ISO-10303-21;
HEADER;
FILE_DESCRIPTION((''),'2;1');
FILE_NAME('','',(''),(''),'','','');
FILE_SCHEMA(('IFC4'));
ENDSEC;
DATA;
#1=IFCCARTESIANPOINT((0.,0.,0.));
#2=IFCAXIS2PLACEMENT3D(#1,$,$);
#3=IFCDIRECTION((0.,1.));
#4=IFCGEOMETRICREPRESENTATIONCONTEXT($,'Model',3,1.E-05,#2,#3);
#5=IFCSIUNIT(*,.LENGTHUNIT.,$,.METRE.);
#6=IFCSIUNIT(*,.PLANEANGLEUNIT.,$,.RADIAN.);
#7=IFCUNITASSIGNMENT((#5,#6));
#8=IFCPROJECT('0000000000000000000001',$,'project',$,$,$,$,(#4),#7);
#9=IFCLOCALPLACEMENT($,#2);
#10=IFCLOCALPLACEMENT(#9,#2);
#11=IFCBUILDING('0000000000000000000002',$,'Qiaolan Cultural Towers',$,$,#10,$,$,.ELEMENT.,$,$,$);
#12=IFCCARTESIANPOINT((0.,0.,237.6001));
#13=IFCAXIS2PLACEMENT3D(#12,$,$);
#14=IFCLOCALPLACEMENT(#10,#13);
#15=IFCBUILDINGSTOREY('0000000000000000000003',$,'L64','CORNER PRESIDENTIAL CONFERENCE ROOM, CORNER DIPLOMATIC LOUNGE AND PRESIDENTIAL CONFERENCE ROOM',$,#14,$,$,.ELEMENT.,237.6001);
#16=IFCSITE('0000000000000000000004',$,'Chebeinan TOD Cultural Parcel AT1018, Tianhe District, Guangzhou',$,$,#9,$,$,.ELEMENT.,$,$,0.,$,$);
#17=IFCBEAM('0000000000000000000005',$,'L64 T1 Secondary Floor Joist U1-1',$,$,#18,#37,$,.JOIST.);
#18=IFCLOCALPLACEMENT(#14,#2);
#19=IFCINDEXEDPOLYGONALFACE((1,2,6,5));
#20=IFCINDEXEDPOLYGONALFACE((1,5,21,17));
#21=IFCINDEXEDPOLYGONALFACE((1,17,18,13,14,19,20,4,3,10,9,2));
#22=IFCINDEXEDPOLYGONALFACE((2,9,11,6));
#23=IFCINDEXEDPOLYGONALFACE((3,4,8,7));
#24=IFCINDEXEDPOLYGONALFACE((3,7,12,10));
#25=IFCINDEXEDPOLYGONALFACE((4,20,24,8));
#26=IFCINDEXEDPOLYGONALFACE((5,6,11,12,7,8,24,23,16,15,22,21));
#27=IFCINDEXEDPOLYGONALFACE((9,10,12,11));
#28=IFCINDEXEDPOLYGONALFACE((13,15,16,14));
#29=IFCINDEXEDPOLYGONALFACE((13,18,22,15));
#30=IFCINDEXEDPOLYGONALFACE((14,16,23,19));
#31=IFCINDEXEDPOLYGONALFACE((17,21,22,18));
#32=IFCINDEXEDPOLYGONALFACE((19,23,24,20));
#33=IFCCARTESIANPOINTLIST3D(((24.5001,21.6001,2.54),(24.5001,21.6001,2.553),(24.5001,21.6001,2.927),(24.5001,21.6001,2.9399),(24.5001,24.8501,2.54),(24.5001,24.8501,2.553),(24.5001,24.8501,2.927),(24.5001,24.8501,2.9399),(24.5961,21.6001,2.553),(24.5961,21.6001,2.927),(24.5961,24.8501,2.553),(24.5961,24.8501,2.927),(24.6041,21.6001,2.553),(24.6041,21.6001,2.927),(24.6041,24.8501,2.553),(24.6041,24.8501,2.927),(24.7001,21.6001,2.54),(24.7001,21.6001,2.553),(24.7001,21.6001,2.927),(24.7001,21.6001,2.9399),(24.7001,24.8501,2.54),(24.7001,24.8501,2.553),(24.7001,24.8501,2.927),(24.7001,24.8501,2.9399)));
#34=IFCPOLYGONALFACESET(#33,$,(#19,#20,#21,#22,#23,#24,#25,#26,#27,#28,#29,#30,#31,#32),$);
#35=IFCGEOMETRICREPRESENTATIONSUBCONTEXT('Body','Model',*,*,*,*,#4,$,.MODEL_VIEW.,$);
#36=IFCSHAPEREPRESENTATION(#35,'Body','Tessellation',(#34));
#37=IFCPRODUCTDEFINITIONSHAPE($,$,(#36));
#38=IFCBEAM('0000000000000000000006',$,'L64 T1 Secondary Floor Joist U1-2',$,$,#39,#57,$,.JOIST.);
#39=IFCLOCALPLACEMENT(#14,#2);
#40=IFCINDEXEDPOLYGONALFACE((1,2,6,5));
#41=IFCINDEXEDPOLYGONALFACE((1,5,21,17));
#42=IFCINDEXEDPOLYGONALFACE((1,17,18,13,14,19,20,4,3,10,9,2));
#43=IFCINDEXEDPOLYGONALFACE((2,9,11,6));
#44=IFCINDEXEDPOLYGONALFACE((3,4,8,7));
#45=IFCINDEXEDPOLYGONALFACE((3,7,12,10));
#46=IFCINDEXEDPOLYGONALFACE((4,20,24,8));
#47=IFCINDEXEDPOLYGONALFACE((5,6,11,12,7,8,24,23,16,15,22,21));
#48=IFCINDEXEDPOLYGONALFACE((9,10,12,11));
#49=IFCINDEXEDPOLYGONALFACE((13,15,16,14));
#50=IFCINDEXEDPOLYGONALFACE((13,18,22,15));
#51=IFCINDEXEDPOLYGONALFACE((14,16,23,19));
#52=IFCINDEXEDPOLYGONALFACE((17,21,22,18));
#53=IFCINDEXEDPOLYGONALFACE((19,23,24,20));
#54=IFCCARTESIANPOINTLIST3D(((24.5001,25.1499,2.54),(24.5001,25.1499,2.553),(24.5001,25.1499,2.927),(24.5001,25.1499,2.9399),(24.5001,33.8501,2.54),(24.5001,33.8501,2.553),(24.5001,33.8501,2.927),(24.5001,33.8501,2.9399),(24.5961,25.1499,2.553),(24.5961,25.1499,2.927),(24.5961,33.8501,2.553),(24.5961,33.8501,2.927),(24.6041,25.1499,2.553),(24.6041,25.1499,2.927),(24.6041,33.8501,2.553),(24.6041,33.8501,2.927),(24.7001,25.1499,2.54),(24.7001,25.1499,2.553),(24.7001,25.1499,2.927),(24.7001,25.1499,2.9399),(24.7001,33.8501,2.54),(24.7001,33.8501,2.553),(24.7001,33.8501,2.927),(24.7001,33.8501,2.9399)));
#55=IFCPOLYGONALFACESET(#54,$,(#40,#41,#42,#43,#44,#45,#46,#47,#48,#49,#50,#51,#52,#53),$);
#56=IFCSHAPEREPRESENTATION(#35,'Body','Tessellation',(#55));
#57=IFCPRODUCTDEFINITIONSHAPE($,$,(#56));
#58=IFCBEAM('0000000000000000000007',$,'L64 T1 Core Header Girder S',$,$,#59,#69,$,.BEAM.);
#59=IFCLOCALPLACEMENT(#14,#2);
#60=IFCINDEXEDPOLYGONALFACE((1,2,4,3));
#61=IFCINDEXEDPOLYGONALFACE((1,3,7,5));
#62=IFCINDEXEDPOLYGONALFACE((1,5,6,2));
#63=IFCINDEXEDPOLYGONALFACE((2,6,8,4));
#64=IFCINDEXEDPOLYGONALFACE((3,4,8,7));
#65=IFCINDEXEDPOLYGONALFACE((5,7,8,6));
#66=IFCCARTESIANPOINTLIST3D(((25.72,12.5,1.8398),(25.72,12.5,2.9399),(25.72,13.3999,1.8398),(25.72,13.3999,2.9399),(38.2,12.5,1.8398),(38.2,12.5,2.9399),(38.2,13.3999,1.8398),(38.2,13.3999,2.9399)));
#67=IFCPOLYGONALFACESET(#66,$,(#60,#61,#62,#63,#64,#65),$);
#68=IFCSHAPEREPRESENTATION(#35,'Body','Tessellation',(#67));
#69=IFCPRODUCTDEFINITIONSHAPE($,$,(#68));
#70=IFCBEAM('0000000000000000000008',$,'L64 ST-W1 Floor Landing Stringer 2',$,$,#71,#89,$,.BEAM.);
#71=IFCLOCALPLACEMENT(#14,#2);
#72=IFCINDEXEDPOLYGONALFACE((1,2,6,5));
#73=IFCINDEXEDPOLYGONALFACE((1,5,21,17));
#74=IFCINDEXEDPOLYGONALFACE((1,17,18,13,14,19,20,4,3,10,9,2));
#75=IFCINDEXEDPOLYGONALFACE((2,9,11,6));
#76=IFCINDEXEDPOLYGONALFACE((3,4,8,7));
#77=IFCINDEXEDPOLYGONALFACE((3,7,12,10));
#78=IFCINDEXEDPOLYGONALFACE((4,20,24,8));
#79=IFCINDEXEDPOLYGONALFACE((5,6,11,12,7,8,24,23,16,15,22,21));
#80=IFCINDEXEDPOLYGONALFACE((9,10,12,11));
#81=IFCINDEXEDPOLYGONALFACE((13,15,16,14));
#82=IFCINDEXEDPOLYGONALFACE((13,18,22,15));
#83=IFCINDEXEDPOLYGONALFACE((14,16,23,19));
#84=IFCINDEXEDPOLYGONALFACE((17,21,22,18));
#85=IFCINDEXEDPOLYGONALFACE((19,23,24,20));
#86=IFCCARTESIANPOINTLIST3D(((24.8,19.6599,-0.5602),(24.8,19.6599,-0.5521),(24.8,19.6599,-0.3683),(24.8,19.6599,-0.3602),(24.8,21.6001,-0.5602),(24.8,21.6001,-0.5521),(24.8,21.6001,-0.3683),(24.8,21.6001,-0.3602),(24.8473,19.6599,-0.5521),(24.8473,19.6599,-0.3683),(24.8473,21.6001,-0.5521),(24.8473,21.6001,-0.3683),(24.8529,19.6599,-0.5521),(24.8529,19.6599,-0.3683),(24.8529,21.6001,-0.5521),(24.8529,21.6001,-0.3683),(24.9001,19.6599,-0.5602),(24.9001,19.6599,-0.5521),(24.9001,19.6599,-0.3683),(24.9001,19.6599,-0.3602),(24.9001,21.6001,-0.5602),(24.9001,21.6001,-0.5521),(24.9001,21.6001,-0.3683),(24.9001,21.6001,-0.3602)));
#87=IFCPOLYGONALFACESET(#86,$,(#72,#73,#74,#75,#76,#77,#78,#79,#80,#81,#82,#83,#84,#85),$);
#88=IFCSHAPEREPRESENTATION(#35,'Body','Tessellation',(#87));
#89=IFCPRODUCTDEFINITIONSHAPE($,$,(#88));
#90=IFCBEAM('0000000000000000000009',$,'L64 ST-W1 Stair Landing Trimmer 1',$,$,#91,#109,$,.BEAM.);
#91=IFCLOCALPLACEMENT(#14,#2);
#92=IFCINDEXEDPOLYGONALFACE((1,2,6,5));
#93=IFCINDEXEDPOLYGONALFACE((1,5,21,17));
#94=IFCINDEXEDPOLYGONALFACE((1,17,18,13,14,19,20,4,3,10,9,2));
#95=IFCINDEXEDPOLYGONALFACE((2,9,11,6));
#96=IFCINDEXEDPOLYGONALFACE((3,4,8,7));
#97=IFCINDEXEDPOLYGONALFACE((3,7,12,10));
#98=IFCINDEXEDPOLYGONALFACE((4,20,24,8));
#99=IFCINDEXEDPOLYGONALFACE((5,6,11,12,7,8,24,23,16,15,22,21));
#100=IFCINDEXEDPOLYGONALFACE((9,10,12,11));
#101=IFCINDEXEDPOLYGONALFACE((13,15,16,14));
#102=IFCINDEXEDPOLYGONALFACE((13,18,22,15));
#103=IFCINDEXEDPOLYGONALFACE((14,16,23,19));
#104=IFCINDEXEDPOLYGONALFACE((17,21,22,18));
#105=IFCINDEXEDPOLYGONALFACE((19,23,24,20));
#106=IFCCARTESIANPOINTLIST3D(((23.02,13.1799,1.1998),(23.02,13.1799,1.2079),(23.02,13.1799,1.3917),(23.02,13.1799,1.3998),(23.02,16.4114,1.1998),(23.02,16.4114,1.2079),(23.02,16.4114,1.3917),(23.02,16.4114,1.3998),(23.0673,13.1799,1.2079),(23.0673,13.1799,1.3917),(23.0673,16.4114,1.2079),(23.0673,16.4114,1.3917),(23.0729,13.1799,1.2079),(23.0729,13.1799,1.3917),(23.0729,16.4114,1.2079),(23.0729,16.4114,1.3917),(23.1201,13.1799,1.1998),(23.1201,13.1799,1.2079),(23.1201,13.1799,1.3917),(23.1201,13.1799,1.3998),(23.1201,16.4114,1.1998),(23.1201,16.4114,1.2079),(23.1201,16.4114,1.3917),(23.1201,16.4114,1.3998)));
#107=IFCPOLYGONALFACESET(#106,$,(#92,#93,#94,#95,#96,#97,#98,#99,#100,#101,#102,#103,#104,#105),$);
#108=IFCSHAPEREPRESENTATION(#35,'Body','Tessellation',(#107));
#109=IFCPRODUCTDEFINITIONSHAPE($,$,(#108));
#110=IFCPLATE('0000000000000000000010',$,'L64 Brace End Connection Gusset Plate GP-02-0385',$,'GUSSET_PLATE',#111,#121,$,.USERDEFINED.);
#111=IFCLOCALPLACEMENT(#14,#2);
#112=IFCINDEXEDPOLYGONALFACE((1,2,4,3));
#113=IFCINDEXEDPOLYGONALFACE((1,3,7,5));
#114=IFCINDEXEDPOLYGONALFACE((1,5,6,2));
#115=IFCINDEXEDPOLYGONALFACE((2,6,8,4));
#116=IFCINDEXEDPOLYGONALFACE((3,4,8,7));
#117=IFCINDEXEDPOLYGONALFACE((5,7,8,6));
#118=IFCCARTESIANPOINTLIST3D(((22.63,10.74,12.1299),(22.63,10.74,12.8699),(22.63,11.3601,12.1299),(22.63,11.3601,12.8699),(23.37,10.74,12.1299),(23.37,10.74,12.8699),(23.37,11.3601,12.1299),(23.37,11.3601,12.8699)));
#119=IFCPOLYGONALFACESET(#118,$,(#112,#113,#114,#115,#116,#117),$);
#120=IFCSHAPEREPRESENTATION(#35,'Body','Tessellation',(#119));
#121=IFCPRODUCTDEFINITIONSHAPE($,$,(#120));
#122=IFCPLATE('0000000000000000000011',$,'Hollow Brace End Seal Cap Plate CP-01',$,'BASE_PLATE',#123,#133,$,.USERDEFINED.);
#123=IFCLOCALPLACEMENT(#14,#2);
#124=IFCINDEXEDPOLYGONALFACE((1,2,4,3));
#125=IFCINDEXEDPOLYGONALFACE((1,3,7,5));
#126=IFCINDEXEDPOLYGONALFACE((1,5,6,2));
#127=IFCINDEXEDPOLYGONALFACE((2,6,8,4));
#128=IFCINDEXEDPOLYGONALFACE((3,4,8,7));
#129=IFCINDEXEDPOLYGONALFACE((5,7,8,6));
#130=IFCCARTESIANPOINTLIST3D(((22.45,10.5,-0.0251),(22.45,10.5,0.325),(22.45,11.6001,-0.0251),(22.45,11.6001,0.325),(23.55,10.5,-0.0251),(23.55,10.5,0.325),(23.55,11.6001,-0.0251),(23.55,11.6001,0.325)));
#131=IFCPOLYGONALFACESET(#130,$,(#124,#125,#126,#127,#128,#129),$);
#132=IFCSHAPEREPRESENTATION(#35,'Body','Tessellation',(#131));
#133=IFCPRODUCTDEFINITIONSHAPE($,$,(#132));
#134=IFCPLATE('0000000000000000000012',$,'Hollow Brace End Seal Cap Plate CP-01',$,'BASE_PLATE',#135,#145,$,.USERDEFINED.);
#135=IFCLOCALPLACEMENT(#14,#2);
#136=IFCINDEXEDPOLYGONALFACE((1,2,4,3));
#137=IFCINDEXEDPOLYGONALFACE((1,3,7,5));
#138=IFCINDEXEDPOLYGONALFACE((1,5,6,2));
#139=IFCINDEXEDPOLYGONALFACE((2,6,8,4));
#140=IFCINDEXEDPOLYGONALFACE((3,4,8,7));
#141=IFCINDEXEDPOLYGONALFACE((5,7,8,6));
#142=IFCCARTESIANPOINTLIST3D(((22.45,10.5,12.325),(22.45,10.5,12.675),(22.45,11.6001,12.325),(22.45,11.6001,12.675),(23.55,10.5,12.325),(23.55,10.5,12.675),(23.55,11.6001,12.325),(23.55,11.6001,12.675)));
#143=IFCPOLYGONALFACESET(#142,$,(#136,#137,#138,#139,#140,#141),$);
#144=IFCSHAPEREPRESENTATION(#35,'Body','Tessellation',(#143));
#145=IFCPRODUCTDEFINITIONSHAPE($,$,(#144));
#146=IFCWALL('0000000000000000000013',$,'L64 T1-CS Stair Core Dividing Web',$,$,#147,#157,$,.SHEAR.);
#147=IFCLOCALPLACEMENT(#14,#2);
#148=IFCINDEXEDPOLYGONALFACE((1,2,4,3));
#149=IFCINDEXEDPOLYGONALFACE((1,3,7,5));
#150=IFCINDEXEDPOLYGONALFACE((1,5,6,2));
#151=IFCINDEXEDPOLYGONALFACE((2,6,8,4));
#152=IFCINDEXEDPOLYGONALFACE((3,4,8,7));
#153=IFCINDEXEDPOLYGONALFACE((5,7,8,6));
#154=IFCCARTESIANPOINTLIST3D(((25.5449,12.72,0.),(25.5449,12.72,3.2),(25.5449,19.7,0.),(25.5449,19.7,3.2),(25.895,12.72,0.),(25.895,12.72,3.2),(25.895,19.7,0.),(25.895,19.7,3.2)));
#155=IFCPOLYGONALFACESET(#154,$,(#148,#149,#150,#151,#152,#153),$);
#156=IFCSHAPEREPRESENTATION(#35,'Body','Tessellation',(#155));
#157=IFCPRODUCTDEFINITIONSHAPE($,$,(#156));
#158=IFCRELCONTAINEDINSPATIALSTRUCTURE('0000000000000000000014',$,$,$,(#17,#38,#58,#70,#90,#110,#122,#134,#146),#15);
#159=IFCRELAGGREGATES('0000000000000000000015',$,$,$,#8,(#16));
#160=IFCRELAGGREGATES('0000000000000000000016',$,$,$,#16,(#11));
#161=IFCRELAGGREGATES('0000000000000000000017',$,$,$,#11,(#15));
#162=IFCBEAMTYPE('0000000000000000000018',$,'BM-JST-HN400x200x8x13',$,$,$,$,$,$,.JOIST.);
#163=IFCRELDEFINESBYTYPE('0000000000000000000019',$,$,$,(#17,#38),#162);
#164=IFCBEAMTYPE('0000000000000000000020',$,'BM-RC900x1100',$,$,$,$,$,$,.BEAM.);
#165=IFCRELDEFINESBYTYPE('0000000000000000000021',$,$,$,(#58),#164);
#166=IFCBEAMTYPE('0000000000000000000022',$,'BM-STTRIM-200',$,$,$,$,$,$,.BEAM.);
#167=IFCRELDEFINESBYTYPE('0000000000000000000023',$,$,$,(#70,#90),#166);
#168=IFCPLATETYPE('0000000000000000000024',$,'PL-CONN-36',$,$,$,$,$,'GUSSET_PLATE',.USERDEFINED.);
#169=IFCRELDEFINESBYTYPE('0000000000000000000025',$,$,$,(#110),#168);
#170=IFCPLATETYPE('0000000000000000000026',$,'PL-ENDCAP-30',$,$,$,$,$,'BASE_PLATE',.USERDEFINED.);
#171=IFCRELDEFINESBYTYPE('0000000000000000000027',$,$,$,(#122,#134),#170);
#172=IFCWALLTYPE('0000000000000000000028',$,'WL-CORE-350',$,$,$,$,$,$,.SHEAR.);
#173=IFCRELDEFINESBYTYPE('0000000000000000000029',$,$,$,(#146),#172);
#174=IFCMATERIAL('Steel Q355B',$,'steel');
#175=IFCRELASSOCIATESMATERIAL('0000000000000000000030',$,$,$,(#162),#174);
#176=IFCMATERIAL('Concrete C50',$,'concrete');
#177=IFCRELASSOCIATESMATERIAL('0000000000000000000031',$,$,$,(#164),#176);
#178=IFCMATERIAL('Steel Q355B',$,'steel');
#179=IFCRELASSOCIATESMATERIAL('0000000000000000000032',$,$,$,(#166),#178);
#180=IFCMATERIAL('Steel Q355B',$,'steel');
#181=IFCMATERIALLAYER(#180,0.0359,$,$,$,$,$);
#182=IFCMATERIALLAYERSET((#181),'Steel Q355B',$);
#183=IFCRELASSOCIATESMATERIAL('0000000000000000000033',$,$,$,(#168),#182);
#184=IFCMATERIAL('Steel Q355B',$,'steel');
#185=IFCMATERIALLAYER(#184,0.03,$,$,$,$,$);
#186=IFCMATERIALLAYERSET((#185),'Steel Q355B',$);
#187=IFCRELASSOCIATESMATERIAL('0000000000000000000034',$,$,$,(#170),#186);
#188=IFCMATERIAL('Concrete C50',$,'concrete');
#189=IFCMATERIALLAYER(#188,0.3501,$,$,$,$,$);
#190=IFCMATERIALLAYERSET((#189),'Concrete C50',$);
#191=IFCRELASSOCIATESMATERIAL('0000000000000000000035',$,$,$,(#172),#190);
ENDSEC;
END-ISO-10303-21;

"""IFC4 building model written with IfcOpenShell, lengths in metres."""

from ifc_helpers import new_model, si_unit, direction, frame, frame_2d, origin, origin_2d, place, context, subcontext, project, spatial, rectangle, i_section, extrude, material, layer, layer_set, material_profile, profile_set, type_object, element, save


model = new_model("IFC4")

# Units and contexts
model_context = context("Model", 3, precision=1e-05, world=origin(), true_north=direction((0.0, 1.0)))
body_context = subcontext(model_context, "Body", "Model", "MODEL_VIEW")
ifc_project = project(units=[si_unit("LENGTHUNIT", "METRE"), si_unit("PLANEANGLEUNIT", "RADIAN")], contexts=[model_context])

# Site, building, storey
site_placement = place(None, origin())
site = spatial("IfcSite", under=ifc_project, at=site_placement, Name="Chebeinan TOD Cultural Parcel AT1018, Tianhe District, Guangzhou", CompositionType="ELEMENT", RefElevation=0.0)
building_placement = place(site_placement, origin())
building = spatial("IfcBuilding", under=site, at=building_placement, Name="Qiaolan Cultural Towers", CompositionType="ELEMENT")
storey_placement = place(building_placement, frame((0.0, 0.0, 237.6001)))
storey = spatial("IfcBuildingStorey", under=building, at=storey_placement, Name="L64", Description="CORNER PRESIDENTIAL CONFERENCE ROOM, CORNER DIPLOMATIC LOUNGE AND PRESIDENTIAL CONFERENCE ROOM", CompositionType="ELEMENT", Elevation=237.6001)

# Beams
ifc_material_1 = material(Name="Steel Q355B", Category="steel")
ifc_material_profile_1 = material_profile(ifc_material_1, i_section(OverallWidth=0.2, OverallDepth=0.3999, WebThickness=0.0081, FlangeThickness=0.0129, at=origin_2d()), Name="HN400x200x8x13")
ifc_profile_set_1 = profile_set([ifc_material_profile_1], Name="Steel Q355B")
beam_type_1 = type_object("IfcBeamType", Name="BM-JST-HN400x200x8x13", PredefinedType="JOIST", material=ifc_profile_set_1)
beam_1_placement = place(storey_placement, frame((24.6001, 21.6001, 2.74), z_axis=(0.0, 1.0, 0.0), x_axis=(-1.0, 0.0, 0.0)))
element("IfcBeam", 1, at=beam_1_placement, inside=storey, type_object=beam_type_1, Name="L64 T1 Secondary Floor Joist U1-1", PredefinedType="JOIST", context=body_context, shape_type="SweptSolid", body=[
    extrude(i_section(OverallWidth=0.2, OverallDepth=0.3999, WebThickness=0.0081, FlangeThickness=0.0129, at=origin_2d()), origin(), (0.0, 0.0, 1.0), 3.25),
])
beam_2_placement = place(storey_placement, frame((24.6001, 25.1499, 2.74), z_axis=(0.0, 1.0, 0.0), x_axis=(-1.0, 0.0, 0.0)))
element("IfcBeam", 2, at=beam_2_placement, inside=storey, type_object=beam_type_1, Name="L64 T1 Secondary Floor Joist U1-2", PredefinedType="JOIST", context=body_context, shape_type="SweptSolid", body=[
    extrude(i_section(OverallWidth=0.2, OverallDepth=0.3999, WebThickness=0.0081, FlangeThickness=0.0129, at=origin_2d()), origin(), (0.0, 0.0, 1.0), 8.7002),
])
ifc_material_2 = material(Name="Concrete C50", Category="concrete")
ifc_material_profile_2 = material_profile(ifc_material_2, rectangle(XDim=0.8999, YDim=1.1001, at=origin_2d()), Name="RC900x1100")
ifc_profile_set_2 = profile_set([ifc_material_profile_2], Name="Concrete C50")
beam_type_2 = type_object("IfcBeamType", Name="BM-RC900x1100", PredefinedType="BEAM", material=ifc_profile_set_2)
beam_3_placement = place(storey_placement, frame((25.72, 12.95, 2.3899), z_axis=(1.0, 0.0, 0.0), x_axis=(0.0, 1.0, 0.0)))
element("IfcBeam", 3, at=beam_3_placement, inside=storey, type_object=beam_type_2, Name="L64 T1 Core Header Girder S", PredefinedType="BEAM", context=body_context, shape_type="SweptSolid", body=[
    extrude(rectangle(XDim=0.8999, YDim=1.1001, at=origin_2d()), origin(), (0.0, 0.0, 1.0), 12.48),
])
ifc_material_3 = material(Name="Steel Q355B", Category="steel")
ifc_material_profile_3 = material_profile(ifc_material_3, i_section(OverallWidth=0.1001, OverallDepth=0.2, WebThickness=0.0056, FlangeThickness=0.0081, at=origin_2d()), Name="HN200x100x5.5x8")
ifc_profile_set_3 = profile_set([ifc_material_profile_3], Name="Steel Q355B")
beam_type_3 = type_object("IfcBeamType", Name="BM-STTRIM-200", PredefinedType="BEAM", material=ifc_profile_set_3)
beam_4_placement = place(storey_placement, frame((24.8501, 21.6001, -0.4602), z_axis=(0.0, -1.0, 0.0), x_axis=(1.0, 0.0, 0.0)))
element("IfcBeam", 4, at=beam_4_placement, inside=storey, type_object=beam_type_3, Name="L64 ST-W1 Floor Landing Stringer 2", PredefinedType="BEAM", context=body_context, shape_type="SweptSolid", body=[
    extrude(i_section(OverallWidth=0.1001, OverallDepth=0.2, WebThickness=0.0056, FlangeThickness=0.0081, at=origin_2d()), origin(), (0.0, 0.0, 1.0), 1.9402),
])
beam_5_placement = place(storey_placement, frame((23.0701, 16.4114, 1.2998), z_axis=(0.0, -1.0, 0.0), x_axis=(1.0, 0.0, 0.0)))
element("IfcBeam", 5, at=beam_5_placement, inside=storey, type_object=beam_type_3, Name="L64 ST-W1 Stair Landing Trimmer 1", PredefinedType="BEAM", context=body_context, shape_type="SweptSolid", body=[
    extrude(i_section(OverallWidth=0.1001, OverallDepth=0.2, WebThickness=0.0056, FlangeThickness=0.0081, at=origin_2d()), origin(), (0.0, 0.0, 1.0), 3.2314),
])

# Plates
ifc_material_4 = material(Name="Steel Q355B", Category="steel")
ifc_layer_1 = layer(ifc_material_4, 0.0359)
ifc_layer_set_1 = layer_set([ifc_layer_1], Name="Steel Q355B")
plate_type_1 = type_object("IfcPlateType", Name="PL-CONN-36", ElementType="GUSSET_PLATE", PredefinedType="USERDEFINED", material=ifc_layer_set_1)
plate_placement = place(storey_placement, frame((23.0, 11.05, 12.1299), z_axis=(0.0, 0.0, 1.0), x_axis=(1.0, 0.0, 0.0)))
element("IfcPlate", 6, at=plate_placement, inside=storey, type_object=plate_type_1, Name="L64 Brace End Connection Gusset Plate GP-02-0385", ObjectType="GUSSET_PLATE", PredefinedType="USERDEFINED", context=body_context, shape_type="SweptSolid", body=[
    extrude(rectangle(XDim=0.74, YDim=0.6201, at=origin_2d()), origin(), (0.0, 0.0, 1.0), 0.74),
])
ifc_material_5 = material(Name="Steel Q355B", Category="steel")
ifc_layer_2 = layer(ifc_material_5, 0.03)
ifc_layer_set_2 = layer_set([ifc_layer_2], Name="Steel Q355B")
plate_type_2 = type_object("IfcPlateType", Name="PL-ENDCAP-30", ElementType="BASE_PLATE", PredefinedType="USERDEFINED", material=ifc_layer_set_2)
for number, where, z_axis, x_axis, name in (
    (7, (23.0, 11.05, -0.0251), (0.0, 0.0, 1.0), (1.0, 0.0, 0.0), "Hollow Brace End Seal Cap Plate CP-01"),
    (8, (23.0, 11.05, 12.325), (0.0, 0.0, 1.0), (1.0, 0.0, 0.0), "Hollow Brace End Seal Cap Plate CP-01"),
):
    element("IfcPlate", number, at=place(storey_placement, frame(where, z_axis=z_axis, x_axis=x_axis)), inside=storey, type_object=plate_type_2, Name=name, ObjectType="BASE_PLATE", PredefinedType="USERDEFINED", context=body_context, shape_type="SweptSolid", body=[
        extrude(rectangle(XDim=1.1001, YDim=1.1001, at=origin_2d()), origin(), (0.0, 0.0, 1.0), 0.3501),
    ])

# Wall
ifc_material_6 = material(Name="Concrete C50", Category="concrete")
ifc_layer_3 = layer(ifc_material_6, 0.3501)
ifc_layer_set_3 = layer_set([ifc_layer_3], Name="Concrete C50")
wall_type_1 = type_object("IfcWallType", Name="WL-CORE-350", PredefinedType="SHEAR", material=ifc_layer_set_3)
wall_1_placement = place(storey_placement, frame((25.72, 19.7, 0.0), z_axis=(0.0, 0.0, 1.0), x_axis=(0.0, -1.0, 0.0)))
element("IfcWall", 9, at=wall_1_placement, inside=storey, type_object=wall_type_1, Name="L64 T1-CS Stair Core Dividing Web", PredefinedType="SHEAR", context=body_context, shape_type="SweptSolid", body=[
    extrude(rectangle(XDim=6.98, YDim=0.3501, at=frame_2d((3.49, 0.0))), origin(), (0.0, 0.0, 1.0), 3.2),
])

save(model, "model.ifc")
